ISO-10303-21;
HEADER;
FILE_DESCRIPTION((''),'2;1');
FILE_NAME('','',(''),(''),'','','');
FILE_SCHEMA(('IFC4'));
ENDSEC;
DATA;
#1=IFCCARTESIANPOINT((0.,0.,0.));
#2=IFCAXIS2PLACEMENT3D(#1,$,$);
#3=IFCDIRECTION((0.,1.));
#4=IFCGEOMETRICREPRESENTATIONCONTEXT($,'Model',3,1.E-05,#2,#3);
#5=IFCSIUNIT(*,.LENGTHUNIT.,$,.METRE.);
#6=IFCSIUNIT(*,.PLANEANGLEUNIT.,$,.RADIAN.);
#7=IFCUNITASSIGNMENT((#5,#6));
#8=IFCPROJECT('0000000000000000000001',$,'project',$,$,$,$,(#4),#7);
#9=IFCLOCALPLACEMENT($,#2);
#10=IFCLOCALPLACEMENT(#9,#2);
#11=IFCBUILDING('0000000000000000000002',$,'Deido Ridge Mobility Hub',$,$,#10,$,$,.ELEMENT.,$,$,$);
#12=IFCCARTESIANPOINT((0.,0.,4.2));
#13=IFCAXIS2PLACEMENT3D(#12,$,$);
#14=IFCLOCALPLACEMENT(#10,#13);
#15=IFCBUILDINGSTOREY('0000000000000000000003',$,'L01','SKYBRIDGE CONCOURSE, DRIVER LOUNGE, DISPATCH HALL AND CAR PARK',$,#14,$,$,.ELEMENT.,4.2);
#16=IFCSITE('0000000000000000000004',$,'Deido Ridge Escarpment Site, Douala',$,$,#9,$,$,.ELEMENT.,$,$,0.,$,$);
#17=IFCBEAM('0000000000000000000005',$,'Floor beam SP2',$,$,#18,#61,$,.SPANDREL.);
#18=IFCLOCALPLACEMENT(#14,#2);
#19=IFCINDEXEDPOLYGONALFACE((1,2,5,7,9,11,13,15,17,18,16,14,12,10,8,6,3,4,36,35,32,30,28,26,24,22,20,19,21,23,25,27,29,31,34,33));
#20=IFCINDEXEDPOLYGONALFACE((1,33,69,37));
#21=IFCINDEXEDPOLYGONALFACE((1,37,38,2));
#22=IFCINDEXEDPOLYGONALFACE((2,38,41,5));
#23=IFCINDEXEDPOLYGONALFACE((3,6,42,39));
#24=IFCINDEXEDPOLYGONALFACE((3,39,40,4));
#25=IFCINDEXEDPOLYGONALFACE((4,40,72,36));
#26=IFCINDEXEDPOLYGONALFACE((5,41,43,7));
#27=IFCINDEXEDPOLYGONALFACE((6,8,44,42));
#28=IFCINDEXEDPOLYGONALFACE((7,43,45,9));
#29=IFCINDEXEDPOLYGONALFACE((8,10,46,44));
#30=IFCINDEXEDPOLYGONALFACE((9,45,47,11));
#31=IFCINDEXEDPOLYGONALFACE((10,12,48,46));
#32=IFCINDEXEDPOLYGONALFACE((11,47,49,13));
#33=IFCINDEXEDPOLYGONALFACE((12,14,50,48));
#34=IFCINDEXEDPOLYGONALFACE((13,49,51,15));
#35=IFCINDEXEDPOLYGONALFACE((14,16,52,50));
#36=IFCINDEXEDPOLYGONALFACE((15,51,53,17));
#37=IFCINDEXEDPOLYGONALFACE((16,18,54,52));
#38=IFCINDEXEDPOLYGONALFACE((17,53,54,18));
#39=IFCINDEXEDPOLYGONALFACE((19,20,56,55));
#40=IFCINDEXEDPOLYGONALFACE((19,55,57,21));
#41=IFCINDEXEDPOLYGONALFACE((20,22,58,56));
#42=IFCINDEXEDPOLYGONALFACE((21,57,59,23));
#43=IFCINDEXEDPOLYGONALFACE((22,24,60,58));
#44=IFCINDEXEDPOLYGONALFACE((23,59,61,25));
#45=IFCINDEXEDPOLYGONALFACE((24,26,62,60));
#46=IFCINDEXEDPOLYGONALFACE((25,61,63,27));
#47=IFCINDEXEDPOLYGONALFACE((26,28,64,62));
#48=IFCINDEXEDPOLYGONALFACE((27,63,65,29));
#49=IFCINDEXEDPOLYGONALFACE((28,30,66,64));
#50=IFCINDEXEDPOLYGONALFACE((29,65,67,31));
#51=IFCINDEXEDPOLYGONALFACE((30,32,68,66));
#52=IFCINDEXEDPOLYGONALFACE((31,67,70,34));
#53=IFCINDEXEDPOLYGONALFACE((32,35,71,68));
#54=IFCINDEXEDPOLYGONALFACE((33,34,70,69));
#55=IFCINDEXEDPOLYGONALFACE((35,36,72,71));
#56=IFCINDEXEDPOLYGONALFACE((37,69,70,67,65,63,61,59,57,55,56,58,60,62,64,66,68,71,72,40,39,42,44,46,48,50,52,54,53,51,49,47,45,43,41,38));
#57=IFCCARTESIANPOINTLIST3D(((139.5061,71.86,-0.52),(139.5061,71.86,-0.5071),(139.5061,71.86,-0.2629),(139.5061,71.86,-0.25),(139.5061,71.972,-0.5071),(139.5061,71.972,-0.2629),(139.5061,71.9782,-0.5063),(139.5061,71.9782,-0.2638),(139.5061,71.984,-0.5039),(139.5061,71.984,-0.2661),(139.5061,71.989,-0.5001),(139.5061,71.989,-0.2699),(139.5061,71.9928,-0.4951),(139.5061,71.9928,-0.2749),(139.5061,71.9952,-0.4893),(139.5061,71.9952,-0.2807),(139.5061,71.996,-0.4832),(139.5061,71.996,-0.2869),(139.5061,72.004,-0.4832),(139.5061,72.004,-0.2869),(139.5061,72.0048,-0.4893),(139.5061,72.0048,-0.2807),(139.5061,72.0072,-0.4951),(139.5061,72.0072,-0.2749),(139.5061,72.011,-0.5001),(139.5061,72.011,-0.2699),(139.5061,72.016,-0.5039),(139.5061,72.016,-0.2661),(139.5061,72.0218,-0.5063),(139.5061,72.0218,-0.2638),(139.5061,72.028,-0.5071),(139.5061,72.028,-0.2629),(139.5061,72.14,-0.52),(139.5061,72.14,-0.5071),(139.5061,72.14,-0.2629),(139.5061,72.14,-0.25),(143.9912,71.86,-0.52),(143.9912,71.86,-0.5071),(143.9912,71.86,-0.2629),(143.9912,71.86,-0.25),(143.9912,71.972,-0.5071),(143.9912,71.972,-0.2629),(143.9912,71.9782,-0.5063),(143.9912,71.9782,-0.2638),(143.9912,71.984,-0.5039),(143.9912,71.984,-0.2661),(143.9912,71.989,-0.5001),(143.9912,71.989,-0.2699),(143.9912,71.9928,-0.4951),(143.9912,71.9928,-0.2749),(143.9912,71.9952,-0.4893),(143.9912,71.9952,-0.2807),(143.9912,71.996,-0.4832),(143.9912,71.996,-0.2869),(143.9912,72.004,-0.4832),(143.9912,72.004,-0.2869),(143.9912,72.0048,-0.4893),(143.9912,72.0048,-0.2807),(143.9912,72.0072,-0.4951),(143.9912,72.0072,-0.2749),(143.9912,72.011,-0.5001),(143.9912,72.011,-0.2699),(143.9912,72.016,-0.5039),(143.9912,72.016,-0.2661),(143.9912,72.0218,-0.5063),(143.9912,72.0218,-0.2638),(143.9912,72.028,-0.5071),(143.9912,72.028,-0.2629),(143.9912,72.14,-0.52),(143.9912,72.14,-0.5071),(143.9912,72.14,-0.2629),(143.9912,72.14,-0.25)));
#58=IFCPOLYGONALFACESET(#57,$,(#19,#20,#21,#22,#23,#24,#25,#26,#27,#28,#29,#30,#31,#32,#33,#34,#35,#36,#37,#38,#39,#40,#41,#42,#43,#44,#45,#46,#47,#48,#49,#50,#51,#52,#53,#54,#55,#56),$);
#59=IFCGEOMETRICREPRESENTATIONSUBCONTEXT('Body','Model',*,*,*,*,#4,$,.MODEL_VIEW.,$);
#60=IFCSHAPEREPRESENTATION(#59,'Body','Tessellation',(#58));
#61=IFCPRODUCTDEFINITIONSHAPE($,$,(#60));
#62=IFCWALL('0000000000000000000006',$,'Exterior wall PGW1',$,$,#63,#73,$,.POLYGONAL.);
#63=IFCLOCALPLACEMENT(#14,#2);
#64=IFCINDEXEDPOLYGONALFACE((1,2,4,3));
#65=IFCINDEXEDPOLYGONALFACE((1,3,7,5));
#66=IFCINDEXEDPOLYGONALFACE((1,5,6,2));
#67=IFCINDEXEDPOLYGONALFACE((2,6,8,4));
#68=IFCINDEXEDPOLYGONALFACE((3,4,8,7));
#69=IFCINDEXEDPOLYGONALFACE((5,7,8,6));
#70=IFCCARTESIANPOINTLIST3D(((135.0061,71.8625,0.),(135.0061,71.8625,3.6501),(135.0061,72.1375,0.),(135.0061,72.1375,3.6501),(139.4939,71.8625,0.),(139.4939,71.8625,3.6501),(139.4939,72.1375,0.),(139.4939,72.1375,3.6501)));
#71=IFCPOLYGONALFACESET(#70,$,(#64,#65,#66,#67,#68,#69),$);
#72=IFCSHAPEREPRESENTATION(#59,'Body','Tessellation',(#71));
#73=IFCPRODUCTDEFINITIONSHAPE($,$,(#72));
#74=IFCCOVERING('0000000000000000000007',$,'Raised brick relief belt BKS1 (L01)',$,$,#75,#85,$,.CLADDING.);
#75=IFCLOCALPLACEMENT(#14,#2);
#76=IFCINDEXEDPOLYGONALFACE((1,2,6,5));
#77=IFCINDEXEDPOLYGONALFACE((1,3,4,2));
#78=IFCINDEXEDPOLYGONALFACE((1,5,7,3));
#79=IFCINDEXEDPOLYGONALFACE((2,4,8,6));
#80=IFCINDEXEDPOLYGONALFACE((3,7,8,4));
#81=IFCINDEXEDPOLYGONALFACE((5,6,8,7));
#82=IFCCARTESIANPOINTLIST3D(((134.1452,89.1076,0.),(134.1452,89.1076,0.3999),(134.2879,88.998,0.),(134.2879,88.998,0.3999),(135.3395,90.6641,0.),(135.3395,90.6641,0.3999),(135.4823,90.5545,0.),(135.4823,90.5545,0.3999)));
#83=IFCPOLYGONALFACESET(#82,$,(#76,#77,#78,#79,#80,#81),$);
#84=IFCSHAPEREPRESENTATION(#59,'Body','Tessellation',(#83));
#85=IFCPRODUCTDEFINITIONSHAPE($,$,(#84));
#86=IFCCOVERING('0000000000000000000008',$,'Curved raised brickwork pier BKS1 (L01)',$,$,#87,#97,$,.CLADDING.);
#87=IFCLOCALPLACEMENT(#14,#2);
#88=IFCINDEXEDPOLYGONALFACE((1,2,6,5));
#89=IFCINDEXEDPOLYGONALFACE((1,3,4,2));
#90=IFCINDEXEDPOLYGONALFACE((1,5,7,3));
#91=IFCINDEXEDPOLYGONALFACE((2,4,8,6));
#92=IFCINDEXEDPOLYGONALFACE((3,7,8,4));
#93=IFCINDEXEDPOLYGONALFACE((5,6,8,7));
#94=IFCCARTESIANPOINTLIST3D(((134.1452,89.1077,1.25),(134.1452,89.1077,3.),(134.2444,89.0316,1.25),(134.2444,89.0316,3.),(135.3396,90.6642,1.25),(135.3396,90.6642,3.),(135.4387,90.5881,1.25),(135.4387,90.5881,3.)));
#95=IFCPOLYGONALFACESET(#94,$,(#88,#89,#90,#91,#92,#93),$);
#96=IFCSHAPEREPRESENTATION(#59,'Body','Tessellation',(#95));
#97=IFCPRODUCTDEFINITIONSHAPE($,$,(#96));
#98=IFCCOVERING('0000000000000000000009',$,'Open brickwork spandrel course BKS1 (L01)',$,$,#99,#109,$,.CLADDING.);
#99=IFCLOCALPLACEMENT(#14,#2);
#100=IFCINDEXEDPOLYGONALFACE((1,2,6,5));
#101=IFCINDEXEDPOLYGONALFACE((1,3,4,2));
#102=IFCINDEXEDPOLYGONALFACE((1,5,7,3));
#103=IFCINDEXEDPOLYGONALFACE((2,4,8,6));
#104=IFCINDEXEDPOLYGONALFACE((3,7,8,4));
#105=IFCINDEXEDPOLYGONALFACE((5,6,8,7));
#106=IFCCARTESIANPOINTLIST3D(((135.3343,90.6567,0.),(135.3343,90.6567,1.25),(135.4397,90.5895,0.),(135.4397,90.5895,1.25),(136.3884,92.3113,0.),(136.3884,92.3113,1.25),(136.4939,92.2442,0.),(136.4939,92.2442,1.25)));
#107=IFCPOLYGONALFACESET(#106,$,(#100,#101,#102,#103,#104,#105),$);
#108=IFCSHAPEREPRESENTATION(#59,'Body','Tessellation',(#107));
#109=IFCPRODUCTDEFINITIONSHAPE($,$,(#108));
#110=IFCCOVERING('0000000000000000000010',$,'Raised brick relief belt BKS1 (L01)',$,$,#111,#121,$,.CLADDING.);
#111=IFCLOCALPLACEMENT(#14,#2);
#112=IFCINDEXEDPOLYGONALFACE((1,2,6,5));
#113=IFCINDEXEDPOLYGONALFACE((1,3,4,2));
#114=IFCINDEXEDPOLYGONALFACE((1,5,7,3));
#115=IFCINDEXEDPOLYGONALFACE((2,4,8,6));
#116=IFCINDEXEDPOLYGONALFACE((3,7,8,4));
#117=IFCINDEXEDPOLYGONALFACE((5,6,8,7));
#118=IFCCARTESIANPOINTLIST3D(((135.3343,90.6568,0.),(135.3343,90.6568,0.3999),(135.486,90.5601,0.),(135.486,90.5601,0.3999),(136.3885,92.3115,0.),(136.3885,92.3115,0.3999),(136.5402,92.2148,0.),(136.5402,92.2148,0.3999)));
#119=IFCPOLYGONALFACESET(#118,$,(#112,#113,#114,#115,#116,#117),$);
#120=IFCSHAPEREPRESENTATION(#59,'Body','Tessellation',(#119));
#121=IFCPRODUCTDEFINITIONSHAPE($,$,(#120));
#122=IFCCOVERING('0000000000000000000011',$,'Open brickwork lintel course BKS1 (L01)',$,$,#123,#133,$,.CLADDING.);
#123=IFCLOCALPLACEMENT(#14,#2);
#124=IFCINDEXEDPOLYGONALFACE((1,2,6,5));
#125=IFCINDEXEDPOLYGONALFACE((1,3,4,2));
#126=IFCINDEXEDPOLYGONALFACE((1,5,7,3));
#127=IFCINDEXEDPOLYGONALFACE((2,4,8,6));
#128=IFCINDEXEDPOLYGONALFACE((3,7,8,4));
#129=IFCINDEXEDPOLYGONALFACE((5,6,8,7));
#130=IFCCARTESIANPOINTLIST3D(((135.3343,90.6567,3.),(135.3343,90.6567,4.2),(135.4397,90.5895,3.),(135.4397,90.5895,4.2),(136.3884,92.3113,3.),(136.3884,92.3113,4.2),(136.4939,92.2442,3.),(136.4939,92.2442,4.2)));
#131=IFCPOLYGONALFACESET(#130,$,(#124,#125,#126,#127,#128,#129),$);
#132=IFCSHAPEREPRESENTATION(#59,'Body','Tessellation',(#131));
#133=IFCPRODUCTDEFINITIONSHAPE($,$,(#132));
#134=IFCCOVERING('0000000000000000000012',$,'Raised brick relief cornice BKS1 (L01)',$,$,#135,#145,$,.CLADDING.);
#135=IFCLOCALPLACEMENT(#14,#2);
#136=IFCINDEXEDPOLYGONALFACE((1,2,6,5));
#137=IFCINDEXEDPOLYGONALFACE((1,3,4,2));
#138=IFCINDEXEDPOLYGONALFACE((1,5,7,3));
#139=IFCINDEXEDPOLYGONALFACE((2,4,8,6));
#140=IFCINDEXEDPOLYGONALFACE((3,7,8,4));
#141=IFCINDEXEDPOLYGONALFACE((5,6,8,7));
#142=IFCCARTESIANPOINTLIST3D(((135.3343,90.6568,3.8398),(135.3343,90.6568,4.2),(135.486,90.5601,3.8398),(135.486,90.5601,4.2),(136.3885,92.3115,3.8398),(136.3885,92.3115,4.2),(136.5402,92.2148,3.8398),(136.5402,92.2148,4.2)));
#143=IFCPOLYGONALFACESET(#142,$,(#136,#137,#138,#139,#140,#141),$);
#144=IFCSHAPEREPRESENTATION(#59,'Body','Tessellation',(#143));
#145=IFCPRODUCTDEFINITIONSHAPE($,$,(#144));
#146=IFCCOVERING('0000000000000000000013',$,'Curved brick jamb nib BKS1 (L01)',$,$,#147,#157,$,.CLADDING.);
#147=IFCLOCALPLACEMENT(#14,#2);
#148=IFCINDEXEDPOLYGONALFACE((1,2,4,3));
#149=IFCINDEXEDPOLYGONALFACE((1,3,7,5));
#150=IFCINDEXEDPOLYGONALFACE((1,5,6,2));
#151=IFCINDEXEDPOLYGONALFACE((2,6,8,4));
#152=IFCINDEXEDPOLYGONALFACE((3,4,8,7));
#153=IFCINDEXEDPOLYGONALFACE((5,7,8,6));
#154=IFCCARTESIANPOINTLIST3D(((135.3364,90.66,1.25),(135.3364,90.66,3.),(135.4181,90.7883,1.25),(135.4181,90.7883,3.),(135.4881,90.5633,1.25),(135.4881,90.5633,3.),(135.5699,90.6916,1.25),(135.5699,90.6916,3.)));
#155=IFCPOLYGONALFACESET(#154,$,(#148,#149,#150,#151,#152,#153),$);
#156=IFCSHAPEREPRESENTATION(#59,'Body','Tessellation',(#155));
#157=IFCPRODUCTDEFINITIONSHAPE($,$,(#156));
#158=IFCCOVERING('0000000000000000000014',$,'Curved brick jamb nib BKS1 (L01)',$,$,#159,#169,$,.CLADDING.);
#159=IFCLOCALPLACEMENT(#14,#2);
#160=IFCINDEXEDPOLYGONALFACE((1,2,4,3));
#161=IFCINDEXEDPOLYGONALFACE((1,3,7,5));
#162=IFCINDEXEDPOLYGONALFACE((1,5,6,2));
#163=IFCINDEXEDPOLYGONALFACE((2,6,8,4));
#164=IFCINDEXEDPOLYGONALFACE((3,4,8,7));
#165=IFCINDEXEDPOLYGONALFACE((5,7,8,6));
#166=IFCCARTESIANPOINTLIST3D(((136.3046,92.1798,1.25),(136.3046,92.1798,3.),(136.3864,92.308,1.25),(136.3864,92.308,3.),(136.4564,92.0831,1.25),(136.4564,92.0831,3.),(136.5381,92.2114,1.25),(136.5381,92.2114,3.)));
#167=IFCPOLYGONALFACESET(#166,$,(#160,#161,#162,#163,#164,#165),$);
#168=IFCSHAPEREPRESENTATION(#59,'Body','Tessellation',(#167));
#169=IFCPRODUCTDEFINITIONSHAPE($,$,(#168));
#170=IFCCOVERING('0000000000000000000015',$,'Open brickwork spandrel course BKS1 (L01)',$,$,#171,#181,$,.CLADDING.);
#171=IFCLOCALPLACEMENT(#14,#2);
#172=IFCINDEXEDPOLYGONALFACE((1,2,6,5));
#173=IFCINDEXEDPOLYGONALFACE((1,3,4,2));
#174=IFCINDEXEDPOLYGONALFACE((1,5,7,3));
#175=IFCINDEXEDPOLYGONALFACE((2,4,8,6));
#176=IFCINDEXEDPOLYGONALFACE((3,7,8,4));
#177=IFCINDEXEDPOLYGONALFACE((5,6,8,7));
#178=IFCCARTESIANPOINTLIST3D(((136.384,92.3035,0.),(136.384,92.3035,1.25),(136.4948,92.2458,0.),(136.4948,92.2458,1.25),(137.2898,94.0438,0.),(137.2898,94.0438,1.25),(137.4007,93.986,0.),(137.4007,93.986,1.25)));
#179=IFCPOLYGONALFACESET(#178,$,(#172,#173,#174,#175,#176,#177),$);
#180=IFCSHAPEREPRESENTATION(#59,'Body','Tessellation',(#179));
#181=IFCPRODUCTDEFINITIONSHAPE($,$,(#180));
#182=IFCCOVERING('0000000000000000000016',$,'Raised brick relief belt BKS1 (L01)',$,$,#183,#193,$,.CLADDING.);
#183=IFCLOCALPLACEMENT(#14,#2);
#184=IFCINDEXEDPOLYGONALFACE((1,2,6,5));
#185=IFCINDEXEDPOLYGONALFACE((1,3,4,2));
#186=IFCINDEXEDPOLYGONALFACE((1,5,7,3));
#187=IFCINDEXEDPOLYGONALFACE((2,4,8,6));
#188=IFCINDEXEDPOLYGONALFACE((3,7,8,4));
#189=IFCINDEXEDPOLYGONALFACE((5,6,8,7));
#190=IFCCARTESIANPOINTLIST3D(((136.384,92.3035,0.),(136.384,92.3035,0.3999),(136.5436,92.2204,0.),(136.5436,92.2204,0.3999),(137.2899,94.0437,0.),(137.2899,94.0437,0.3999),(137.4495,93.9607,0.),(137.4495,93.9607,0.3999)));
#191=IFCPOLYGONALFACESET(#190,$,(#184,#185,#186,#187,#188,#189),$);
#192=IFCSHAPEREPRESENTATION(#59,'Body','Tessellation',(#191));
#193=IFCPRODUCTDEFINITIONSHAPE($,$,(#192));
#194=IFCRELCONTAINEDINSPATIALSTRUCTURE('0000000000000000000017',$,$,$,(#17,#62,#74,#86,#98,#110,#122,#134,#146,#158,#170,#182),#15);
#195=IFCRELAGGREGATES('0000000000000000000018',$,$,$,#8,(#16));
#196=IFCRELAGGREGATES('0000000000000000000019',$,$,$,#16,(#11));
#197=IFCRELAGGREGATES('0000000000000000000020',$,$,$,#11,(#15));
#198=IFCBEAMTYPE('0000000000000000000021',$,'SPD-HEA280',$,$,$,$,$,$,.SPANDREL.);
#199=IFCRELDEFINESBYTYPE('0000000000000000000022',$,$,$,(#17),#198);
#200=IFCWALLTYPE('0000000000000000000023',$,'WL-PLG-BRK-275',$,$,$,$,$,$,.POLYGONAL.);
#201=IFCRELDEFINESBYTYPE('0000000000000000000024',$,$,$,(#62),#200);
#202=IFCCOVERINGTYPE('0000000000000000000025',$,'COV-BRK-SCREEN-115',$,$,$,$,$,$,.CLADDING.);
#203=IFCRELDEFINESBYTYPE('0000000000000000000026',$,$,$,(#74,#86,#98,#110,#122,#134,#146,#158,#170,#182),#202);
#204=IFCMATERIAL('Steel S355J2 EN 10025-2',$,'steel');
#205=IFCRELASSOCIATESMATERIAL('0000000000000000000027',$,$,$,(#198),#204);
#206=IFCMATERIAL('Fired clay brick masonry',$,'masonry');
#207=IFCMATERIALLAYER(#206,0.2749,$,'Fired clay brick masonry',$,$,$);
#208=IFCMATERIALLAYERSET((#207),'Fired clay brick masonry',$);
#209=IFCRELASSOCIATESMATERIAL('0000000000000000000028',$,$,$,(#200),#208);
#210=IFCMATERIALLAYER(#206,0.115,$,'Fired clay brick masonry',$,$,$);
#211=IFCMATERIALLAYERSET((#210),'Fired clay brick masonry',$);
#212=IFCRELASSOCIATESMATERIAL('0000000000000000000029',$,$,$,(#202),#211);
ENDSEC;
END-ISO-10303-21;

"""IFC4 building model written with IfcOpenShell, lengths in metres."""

from ifc_helpers import new_model, si_unit, direction, frame, frame_2d, origin, origin_2d, place, context, subcontext, project, spatial, rectangle, i_section, extrude, material, layer, layer_set, material_profile, profile_set, type_object, element, save


model = new_model("IFC4")

# Units and contexts
model_context = context("Model", 3, precision=1e-05, world=origin(), true_north=direction((0.0, 1.0)))
body_context = subcontext(model_context, "Body", "Model", "MODEL_VIEW")
ifc_project = project(units=[si_unit("LENGTHUNIT", "METRE"), si_unit("PLANEANGLEUNIT", "RADIAN")], contexts=[model_context])

# Site, building, storey
site_placement = place(None, origin())
site = spatial("IfcSite", under=ifc_project, at=site_placement, Name="Deido Ridge Escarpment Site, Douala", CompositionType="ELEMENT", RefElevation=0.0)
building_placement = place(site_placement, origin())
building = spatial("IfcBuilding", under=site, at=building_placement, Name="Deido Ridge Mobility Hub", CompositionType="ELEMENT")
storey_placement = place(building_placement, frame((0.0, 0.0, 4.2)))
storey = spatial("IfcBuildingStorey", under=building, at=storey_placement, Name="L01", Description="SKYBRIDGE CONCOURSE, DRIVER LOUNGE, DISPATCH HALL AND CAR PARK", CompositionType="ELEMENT", Elevation=4.2)

# Shared definitions
ifc_material_1 = material(Name="Steel S355J2 EN 10025-2", Category="steel")

# Beam
ifc_material_profile_1 = material_profile(ifc_material_1, i_section(OverallWidth=0.28, OverallDepth=0.27, WebThickness=0.0081, FlangeThickness=0.0129, FilletRadius=0.0239, at=origin_2d()), Name="HEA 280")
ifc_profile_set_1 = profile_set([ifc_material_profile_1], Name="Steel S355J2 EN 10025-2")
beam_type = type_object("IfcBeamType", Name="SPD-HEA280", PredefinedType="SPANDREL", material=ifc_profile_set_1)
beam_1_placement = place(storey_placement, frame((139.5061, 72.0, -0.385), z_axis=(1.0, 0.0, 0.0), x_axis=(0.0, 1.0, 0.0)))
element("IfcBeam", 1, at=beam_1_placement, inside=storey, type_object=beam_type, Name="Floor beam SP2", PredefinedType="SPANDREL", context=body_context, shape_type="SweptSolid", body=[
    extrude(i_section(OverallWidth=0.28, OverallDepth=0.27, WebThickness=0.0081, FlangeThickness=0.0129, FilletRadius=0.0239, at=origin_2d()), origin(), (0.0, 0.0, 1.0), 4.4851),
])

# Wall
ifc_material_2 = material(Name="Fired clay brick masonry", Category="masonry")
ifc_layer_1 = layer(ifc_material_2, 0.2749, Name="Fired clay brick masonry")
ifc_layer_set_1 = layer_set([ifc_layer_1], Name="Fired clay brick masonry")
wall_type = type_object("IfcWallType", Name="WL-PLG-BRK-275", PredefinedType="POLYGONAL", material=ifc_layer_set_1)
wall_placement = place(storey_placement, frame((135.0061, 72.0, 0.0), z_axis=(0.0, 0.0, 1.0), x_axis=(1.0, 0.0, 0.0)))
element("IfcWall", 2, at=wall_placement, inside=storey, type_object=wall_type, Name="Exterior wall PGW1", PredefinedType="POLYGONAL", context=body_context, shape_type="SweptSolid", body=[
    extrude(rectangle(XDim=4.4878, YDim=0.2749, at=frame_2d((2.2439, 0.0))), origin(), (0.0, 0.0, 1.0), 3.6501),
])

# Coverings
ifc_layer_2 = layer(ifc_material_2, 0.115, Name="Fired clay brick masonry")
ifc_layer_set_2 = layer_set([ifc_layer_2], Name="Fired clay brick masonry")
covering_type = type_object("IfcCoveringType", Name="COV-BRK-SCREEN-115", PredefinedType="CLADDING", material=ifc_layer_set_2)
covering_1_placement = place(storey_placement, frame((134.8137, 89.8311, 0.0), z_axis=(0.0, 0.0, 1.0), x_axis=(0.608761, 0.793353, 0.0)))
element("IfcCovering", 3, at=covering_1_placement, inside=storey, type_object=covering_type, Name="Raised brick relief belt BKS1 (L01)", PredefinedType="CLADDING", context=body_context, shape_type="SweptSolid", body=[
    extrude(rectangle(XDim=1.9619, YDim=0.1799, at=origin_2d()), origin(), (0.0, 0.0, 1.0), 0.3999),
])
covering_2_placement = place(storey_placement, frame((134.792, 89.8479, 1.25), z_axis=(0.0, 0.0, 1.0), x_axis=(0.608761, 0.793353, 0.0)))
element("IfcCovering", 4, at=covering_2_placement, inside=storey, type_object=covering_type, Name="Curved raised brickwork pier BKS1 (L01)", PredefinedType="CLADDING", context=body_context, shape_type="SweptSolid", body=[
    extrude(rectangle(XDim=1.9619, YDim=0.125, at=origin_2d()), origin(), (0.0, 0.0, 1.0), 1.75),
])
covering_3_placement = place(storey_placement, frame((135.9141, 91.4504, 0.0), z_axis=(0.0, 0.0, 1.0), x_axis=(0.537314, 0.843382, 0.0)))
element("IfcCovering", 5, at=covering_3_placement, inside=storey, type_object=covering_type, Name="Open brickwork spandrel course BKS1 (L01)", PredefinedType="CLADDING", context=body_context, shape_type="SweptSolid", body=[
    extrude(rectangle(XDim=1.9619, YDim=0.125, at=origin_2d()), origin(), (0.0, 0.0, 1.0), 1.25),
])
covering_4_placement = place(storey_placement, frame((135.9373, 91.4358, 0.0), z_axis=(0.0, 0.0, 1.0), x_axis=(0.537314, 0.843382, 0.0)))
element("IfcCovering", 6, at=covering_4_placement, inside=storey, type_object=covering_type, Name="Raised brick relief belt BKS1 (L01)", PredefinedType="CLADDING", context=body_context, shape_type="SweptSolid", body=[
    extrude(rectangle(XDim=1.9619, YDim=0.1799, at=origin_2d()), origin(), (0.0, 0.0, 1.0), 0.3999),
])
covering_5_placement = place(storey_placement, frame((135.9141, 91.4504, 3.0), z_axis=(0.0, 0.0, 1.0), x_axis=(0.537314, 0.843382, 0.0)))
element("IfcCovering", 7, at=covering_5_placement, inside=storey, type_object=covering_type, Name="Open brickwork lintel course BKS1 (L01)", PredefinedType="CLADDING", context=body_context, shape_type="SweptSolid", body=[
    extrude(rectangle(XDim=1.9619, YDim=0.125, at=origin_2d()), origin(), (0.0, 0.0, 1.0), 1.2),
])
covering_6_placement = place(storey_placement, frame((135.9373, 91.4358, 3.8398), z_axis=(0.0, 0.0, 1.0), x_axis=(0.537314, 0.843382, 0.0)))
element("IfcCovering", 8, at=covering_6_placement, inside=storey, type_object=covering_type, Name="Raised brick relief cornice BKS1 (L01)", PredefinedType="CLADDING", context=body_context, shape_type="SweptSolid", body=[
    extrude(rectangle(XDim=1.9619, YDim=0.1799, at=origin_2d()), origin(), (0.0, 0.0, 1.0), 0.3601),
])
for number, where, z_axis, x_axis, name in (
    (9, (135.4531, 90.6758, 1.25), (0.0, 0.0, 1.0), (0.537314, 0.843382, 0.0), "Curved brick jamb nib BKS1 (L01)"),
    (10, (136.4214, 92.1956, 1.25), (0.0, 0.0, 1.0), (0.537314, 0.843382, 0.0), "Curved brick jamb nib BKS1 (L01)"),
):
    element("IfcCovering", number, at=place(storey_placement, frame(where, z_axis=z_axis, x_axis=x_axis)), inside=storey, type_object=covering_type, Name=name, PredefinedType="CLADDING", context=body_context, shape_type="SweptSolid", body=[
        extrude(rectangle(XDim=0.1521, YDim=0.1799, at=origin_2d()), origin(), (0.0, 0.0, 1.0), 1.75),
    ])
covering_7_placement = place(storey_placement, frame((136.8923, 93.1448, 0.0), z_axis=(0.0, 0.0, 1.0), x_axis=(0.461733, 0.887019, 0.0)))
element("IfcCovering", 11, at=covering_7_placement, inside=storey, type_object=covering_type, Name="Open brickwork spandrel course BKS1 (L01)", PredefinedType="CLADDING", context=body_context, shape_type="SweptSolid", body=[
    extrude(rectangle(XDim=1.9619, YDim=0.125, at=origin_2d()), origin(), (0.0, 0.0, 1.0), 1.25),
])
covering_8_placement = place(storey_placement, frame((136.9167, 93.1321, 0.0), z_axis=(0.0, 0.0, 1.0), x_axis=(0.461733, 0.887019, 0.0)))
element("IfcCovering", 12, at=covering_8_placement, inside=storey, type_object=covering_type, Name="Raised brick relief belt BKS1 (L01)", PredefinedType="CLADDING", context=body_context, shape_type="SweptSolid", body=[
    extrude(rectangle(XDim=1.9619, YDim=0.1799, at=origin_2d()), origin(), (0.0, 0.0, 1.0), 0.3999),
])

save(model, "model.ifc")
